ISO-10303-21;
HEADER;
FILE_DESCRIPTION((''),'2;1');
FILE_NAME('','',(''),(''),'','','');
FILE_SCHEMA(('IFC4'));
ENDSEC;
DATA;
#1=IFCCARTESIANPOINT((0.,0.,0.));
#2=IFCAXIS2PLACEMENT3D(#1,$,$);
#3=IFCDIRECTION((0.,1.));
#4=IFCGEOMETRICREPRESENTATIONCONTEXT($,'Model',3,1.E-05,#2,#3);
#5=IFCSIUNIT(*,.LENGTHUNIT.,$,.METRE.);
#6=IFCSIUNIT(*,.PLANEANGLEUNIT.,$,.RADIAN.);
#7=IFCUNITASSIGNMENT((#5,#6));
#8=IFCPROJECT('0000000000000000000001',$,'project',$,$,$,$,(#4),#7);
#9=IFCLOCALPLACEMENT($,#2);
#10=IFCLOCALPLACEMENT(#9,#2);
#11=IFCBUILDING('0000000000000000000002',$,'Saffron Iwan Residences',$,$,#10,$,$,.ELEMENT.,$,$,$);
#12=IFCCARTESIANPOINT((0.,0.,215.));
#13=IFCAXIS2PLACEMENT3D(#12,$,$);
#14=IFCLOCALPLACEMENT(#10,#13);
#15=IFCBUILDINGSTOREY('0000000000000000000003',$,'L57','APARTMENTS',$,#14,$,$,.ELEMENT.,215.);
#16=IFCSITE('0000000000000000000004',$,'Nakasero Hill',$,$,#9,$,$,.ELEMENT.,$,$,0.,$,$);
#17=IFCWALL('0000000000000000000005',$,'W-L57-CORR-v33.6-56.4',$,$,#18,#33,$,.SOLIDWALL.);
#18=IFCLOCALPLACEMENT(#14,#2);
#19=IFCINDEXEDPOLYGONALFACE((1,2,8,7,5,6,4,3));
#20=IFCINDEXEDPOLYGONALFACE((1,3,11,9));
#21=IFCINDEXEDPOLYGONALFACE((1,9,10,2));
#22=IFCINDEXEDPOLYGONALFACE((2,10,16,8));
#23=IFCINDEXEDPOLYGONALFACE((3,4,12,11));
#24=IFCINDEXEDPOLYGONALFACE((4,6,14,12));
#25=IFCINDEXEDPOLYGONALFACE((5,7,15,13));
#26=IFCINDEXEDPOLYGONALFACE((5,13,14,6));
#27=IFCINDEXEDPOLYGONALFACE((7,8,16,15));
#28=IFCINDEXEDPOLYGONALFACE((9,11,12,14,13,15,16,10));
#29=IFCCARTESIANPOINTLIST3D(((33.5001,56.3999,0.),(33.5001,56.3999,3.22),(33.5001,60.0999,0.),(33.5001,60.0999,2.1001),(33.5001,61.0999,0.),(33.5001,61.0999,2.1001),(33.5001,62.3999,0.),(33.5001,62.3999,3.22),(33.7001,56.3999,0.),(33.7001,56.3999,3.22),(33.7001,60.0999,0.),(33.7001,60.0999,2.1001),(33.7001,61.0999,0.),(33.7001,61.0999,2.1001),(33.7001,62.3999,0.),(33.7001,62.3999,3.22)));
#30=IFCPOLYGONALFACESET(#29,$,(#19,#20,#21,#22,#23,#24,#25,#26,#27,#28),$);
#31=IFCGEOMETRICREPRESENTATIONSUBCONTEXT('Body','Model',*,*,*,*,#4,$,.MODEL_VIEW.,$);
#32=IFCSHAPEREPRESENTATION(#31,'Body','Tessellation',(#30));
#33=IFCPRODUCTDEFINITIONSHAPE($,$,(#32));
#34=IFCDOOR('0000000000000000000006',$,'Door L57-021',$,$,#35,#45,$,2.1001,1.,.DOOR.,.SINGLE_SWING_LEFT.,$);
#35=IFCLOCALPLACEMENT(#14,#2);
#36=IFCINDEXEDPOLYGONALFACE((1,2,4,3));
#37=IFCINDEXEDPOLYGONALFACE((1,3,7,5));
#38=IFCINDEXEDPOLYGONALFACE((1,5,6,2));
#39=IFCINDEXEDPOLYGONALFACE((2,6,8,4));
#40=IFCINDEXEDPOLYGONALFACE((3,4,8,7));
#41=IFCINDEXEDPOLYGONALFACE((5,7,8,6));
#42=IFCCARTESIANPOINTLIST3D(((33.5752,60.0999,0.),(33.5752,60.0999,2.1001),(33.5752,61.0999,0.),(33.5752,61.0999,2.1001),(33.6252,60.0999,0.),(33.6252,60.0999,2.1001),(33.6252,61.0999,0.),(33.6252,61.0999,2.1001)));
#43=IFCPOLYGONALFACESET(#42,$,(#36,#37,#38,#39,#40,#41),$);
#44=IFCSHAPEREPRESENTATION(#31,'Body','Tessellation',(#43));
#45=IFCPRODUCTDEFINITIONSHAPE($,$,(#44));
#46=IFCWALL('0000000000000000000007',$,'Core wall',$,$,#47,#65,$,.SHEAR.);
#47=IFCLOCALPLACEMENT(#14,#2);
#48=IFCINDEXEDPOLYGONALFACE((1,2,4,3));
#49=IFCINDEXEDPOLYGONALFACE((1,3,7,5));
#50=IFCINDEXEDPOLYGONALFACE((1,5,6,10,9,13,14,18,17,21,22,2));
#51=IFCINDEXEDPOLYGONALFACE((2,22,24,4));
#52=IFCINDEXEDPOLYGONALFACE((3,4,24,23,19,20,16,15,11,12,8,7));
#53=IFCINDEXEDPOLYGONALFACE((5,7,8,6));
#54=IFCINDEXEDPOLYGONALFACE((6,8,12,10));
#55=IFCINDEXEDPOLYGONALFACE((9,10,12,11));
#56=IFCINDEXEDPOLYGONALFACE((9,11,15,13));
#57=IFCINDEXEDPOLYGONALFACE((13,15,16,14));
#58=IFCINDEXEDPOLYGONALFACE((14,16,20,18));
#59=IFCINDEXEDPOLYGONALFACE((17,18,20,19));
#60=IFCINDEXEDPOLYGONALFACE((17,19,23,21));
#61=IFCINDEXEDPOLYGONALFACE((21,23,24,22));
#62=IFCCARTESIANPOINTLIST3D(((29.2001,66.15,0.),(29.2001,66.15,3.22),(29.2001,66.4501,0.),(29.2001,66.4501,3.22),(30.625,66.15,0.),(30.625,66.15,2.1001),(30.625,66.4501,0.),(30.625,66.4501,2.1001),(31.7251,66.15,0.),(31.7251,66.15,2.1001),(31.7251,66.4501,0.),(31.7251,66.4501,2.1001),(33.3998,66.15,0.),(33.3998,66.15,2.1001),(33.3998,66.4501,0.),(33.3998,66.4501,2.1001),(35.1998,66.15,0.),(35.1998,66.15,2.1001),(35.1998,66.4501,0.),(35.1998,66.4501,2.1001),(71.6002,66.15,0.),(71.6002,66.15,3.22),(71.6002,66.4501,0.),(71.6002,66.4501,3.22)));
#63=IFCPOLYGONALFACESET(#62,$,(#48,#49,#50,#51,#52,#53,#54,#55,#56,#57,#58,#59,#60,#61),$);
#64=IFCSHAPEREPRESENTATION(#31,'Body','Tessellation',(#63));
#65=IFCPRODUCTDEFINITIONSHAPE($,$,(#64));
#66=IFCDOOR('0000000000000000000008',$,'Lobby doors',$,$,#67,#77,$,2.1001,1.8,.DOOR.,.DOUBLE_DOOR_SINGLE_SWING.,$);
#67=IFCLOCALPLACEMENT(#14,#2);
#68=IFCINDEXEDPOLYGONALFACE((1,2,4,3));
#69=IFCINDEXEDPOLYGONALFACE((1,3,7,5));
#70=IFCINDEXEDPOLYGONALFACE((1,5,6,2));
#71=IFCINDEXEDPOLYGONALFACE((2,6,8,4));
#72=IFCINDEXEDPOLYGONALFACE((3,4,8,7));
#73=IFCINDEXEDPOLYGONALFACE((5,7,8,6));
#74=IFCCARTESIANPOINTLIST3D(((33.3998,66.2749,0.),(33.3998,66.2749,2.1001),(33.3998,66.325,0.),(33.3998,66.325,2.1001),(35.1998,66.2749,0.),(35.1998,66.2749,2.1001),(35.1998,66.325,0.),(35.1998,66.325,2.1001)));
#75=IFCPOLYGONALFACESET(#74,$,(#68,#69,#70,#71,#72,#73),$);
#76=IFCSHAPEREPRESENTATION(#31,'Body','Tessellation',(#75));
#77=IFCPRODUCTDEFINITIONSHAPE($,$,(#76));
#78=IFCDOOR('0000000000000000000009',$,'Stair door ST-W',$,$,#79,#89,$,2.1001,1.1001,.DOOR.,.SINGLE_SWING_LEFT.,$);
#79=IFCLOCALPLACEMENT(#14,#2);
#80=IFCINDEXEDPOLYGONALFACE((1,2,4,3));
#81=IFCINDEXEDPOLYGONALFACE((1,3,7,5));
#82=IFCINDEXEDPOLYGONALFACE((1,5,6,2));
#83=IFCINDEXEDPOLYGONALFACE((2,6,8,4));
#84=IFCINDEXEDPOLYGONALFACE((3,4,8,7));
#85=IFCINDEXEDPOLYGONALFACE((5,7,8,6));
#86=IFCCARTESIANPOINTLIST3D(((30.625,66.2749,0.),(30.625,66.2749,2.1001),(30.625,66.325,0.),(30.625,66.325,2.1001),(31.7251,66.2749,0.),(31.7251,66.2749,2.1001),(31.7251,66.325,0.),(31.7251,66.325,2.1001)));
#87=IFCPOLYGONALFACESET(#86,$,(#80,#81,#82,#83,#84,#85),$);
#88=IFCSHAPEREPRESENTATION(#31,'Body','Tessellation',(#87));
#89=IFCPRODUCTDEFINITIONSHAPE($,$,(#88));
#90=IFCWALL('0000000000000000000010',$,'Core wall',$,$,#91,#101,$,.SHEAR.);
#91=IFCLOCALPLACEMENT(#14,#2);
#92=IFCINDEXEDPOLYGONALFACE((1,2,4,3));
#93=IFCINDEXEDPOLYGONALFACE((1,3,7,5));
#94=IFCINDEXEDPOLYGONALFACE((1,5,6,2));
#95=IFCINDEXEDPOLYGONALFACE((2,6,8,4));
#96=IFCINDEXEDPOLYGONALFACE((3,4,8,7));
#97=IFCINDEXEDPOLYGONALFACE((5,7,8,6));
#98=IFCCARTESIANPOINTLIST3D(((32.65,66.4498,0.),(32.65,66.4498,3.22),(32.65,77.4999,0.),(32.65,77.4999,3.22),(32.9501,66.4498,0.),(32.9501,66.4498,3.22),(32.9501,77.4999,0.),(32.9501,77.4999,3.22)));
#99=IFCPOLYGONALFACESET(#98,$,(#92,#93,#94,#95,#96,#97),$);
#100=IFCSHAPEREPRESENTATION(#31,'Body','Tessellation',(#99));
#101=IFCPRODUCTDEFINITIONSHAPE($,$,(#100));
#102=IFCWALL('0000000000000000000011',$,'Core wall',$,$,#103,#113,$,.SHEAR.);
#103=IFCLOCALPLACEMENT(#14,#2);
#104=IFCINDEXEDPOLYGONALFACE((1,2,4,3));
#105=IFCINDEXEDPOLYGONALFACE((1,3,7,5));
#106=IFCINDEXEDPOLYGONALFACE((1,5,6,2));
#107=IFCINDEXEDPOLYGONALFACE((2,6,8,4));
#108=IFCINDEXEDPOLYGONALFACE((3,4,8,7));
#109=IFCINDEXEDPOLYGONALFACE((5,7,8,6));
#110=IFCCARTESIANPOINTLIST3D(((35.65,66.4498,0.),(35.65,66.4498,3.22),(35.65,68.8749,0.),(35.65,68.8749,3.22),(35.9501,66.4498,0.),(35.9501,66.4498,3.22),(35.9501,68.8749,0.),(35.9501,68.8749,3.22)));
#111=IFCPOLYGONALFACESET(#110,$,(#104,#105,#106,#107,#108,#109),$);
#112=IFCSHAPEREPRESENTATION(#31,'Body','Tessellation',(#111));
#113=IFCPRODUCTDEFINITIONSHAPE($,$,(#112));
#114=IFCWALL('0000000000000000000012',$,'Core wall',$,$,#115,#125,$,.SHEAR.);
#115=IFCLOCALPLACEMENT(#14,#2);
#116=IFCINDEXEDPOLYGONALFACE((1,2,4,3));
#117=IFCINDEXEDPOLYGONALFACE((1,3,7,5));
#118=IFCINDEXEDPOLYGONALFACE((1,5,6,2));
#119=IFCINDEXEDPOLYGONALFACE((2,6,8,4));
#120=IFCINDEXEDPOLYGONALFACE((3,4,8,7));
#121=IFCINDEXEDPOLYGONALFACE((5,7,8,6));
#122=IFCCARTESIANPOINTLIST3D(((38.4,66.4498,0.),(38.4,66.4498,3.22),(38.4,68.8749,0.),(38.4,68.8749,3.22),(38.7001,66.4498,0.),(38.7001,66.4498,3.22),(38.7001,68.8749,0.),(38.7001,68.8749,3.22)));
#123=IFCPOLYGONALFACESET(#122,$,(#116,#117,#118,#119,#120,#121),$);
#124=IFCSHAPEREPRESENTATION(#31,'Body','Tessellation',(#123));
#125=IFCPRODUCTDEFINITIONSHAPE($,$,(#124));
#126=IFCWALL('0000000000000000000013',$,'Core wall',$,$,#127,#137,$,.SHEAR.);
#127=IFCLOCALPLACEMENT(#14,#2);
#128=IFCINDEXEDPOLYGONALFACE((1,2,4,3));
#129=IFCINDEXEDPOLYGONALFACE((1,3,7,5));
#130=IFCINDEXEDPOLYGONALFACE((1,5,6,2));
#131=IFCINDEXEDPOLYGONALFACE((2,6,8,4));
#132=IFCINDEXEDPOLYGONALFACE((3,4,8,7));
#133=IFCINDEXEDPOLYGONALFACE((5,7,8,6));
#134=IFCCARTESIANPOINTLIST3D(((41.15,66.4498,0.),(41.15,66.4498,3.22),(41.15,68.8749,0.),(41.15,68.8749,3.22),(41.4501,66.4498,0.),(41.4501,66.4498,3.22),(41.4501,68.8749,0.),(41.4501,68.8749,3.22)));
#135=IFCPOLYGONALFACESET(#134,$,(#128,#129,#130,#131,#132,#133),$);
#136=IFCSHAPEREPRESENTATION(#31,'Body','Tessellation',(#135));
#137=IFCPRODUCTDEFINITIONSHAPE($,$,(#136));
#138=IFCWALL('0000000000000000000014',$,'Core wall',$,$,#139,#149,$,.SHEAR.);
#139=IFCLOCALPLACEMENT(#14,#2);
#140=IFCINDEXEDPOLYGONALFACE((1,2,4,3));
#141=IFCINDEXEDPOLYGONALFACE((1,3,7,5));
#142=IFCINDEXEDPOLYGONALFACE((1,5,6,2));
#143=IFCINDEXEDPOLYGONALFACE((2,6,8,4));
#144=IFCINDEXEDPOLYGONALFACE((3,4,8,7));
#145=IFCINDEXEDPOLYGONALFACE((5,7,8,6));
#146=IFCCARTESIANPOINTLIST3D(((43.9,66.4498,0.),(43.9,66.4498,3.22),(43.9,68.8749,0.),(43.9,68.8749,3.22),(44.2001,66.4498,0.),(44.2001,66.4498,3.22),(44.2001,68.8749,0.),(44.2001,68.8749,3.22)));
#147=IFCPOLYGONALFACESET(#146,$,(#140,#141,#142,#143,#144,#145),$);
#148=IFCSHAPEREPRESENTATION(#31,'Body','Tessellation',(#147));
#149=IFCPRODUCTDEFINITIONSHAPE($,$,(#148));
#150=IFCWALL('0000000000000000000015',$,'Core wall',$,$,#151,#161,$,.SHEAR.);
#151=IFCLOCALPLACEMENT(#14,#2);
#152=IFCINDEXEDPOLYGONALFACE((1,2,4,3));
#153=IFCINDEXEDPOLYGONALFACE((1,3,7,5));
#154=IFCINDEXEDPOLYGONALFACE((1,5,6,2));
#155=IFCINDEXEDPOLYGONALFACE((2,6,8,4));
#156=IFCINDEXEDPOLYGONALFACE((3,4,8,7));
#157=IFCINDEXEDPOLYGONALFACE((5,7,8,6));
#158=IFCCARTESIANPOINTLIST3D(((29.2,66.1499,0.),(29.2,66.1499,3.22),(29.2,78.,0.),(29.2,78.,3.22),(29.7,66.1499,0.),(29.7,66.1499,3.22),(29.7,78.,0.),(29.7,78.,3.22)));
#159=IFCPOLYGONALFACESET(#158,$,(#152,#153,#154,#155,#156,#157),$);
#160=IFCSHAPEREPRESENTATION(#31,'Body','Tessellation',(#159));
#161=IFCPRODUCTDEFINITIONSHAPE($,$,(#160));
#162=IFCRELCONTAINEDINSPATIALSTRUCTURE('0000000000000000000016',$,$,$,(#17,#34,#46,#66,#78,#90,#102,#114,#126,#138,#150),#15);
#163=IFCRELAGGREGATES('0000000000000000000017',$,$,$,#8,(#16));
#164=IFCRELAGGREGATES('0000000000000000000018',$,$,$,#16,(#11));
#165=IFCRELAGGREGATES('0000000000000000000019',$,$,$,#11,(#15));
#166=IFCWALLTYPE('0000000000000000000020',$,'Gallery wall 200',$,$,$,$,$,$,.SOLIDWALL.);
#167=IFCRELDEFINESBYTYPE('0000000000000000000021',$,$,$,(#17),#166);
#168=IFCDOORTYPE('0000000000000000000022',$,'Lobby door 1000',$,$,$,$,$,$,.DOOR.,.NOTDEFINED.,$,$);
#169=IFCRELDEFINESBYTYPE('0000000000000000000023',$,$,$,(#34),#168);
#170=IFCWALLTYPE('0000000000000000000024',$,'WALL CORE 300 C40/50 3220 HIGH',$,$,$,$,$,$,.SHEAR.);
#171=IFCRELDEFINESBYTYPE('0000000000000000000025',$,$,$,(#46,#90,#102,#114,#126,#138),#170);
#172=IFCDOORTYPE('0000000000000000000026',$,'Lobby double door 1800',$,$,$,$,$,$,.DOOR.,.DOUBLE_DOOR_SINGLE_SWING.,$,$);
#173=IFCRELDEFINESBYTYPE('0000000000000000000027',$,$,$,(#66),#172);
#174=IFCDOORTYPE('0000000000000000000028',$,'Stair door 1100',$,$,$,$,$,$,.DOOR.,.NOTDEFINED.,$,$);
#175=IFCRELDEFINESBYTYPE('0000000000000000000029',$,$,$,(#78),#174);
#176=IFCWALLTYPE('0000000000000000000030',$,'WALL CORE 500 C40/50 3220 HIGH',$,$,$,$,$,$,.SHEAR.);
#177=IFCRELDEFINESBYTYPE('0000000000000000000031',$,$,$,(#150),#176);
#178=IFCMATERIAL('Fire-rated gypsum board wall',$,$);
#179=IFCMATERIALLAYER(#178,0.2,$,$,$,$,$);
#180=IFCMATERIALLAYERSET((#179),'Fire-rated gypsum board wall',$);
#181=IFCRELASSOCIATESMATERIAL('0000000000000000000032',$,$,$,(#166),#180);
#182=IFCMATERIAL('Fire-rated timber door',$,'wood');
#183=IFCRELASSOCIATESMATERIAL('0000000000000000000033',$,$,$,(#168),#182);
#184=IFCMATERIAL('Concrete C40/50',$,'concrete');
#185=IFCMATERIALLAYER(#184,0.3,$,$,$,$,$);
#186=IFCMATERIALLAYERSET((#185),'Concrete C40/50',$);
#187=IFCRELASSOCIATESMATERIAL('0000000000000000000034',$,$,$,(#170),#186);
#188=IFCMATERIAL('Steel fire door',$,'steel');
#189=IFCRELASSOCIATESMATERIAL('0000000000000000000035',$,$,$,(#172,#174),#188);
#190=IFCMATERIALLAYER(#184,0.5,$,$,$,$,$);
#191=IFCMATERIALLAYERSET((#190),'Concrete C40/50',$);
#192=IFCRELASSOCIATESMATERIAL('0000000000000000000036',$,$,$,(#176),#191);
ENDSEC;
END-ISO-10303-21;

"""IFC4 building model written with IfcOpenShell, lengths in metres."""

from ifc_helpers import new_model, si_unit, direction, frame, frame_2d, origin, place, context, subcontext, project, spatial, rectangle, extrude, material, layer, layer_set, type_object, element, fill, save


model = new_model("IFC4")

# Units and contexts
model_context = context("Model", 3, precision=1e-05, world=origin(), true_north=direction((0.0, 1.0)))
body_context = subcontext(model_context, "Body", "Model", "MODEL_VIEW")
ifc_project = project(units=[si_unit("LENGTHUNIT", "METRE"), si_unit("PLANEANGLEUNIT", "RADIAN")], contexts=[model_context])

# Site, building, storey
site_placement = place(None, origin())
site = spatial("IfcSite", under=ifc_project, at=site_placement, Name="Nakasero Hill", CompositionType="ELEMENT", RefElevation=0.0)
building_placement = place(site_placement, origin())
building = spatial("IfcBuilding", under=site, at=building_placement, Name="Saffron Iwan Residences", CompositionType="ELEMENT")
storey_placement = place(building_placement, frame((0.0, 0.0, 215.0)))
storey = spatial("IfcBuildingStorey", under=building, at=storey_placement, Name="L57", Description="APARTMENTS", CompositionType="ELEMENT", Elevation=215.0)

# Shared definitions
ifc_material_1 = material(Name="Concrete C40/50", Category="concrete")

# Shared definitions
ifc_material_2 = material(Name="Steel fire door", Category="steel")

# Shared definitions
ifc_material_3 = material(Name="Fire-rated gypsum board wall")
ifc_layer_1 = layer(ifc_material_3, 0.2)
ifc_layer_set_1 = layer_set([ifc_layer_1], Name="Fire-rated gypsum board wall")
wall_type_1 = type_object("IfcWallType", Name="Gallery wall 200", PredefinedType="SOLIDWALL", material=ifc_layer_set_1)

# Wall, opening, door
wall_1_placement = place(storey_placement, frame((33.6001, 56.3999, 0.0), z_axis=(0.0, 0.0, 1.0), x_axis=(0.0, 1.0, 0.0)))
wall_1 = element("IfcWall", 1, at=wall_1_placement, inside=storey, type_object=wall_type_1, Name="W-L57-CORR-v33.6-56.4", PredefinedType="SOLIDWALL", context=body_context, shape_type="SweptSolid", body=[
    extrude(rectangle(XDim=6.0, YDim=0.2, at=frame_2d((3.0, 0.0))), origin(), (0.0, 0.0, 1.0), 3.22),
])
opening_1_placement = place(wall_1_placement, frame((3.7, 0.0, 0.0)))
opening_1 = element("IfcOpeningElement", 2, at=opening_1_placement, cuts=wall_1, PredefinedType="OPENING", context=body_context, shape_type="SweptSolid", body=[
    extrude(rectangle(XDim=1.0, YDim=2.1001, at=frame_2d((0.5, 1.05))), frame((0.0, 0.1099, 0.0), z_axis=(0.0, -1.0, 0.0), x_axis=(1.0, 0.0, 0.0)), (0.0, 0.0, 1.0), 0.22),
])
ifc_material_4 = material(Name="Fire-rated timber door", Category="wood")
door_type_1 = type_object("IfcDoorType", Name="Lobby door 1000", OperationType="NOTDEFINED", PredefinedType="DOOR", material=ifc_material_4)
door_1_placement = place(opening_1_placement, origin())
door_1 = element("IfcDoor", 3, at=door_1_placement, inside=storey, type_object=door_type_1, Name="Door L57-021", OperationType="SINGLE_SWING_LEFT", OverallHeight=2.1001, OverallWidth=1.0, PredefinedType="DOOR", context=body_context, shape_type="SweptSolid", body=[
    extrude(rectangle(XDim=1.0, YDim=2.1001, at=frame_2d((0.5, 1.05))), frame((0.0, 0.0249, 0.0), z_axis=(0.0, -1.0, 0.0), x_axis=(1.0, 0.0, 0.0)), (0.0, 0.0, 1.0), 0.05),
])
fill(opening_1, door_1)

# Wall, openings, doors
ifc_layer_2 = layer(ifc_material_1, 0.3)
ifc_layer_set_2 = layer_set([ifc_layer_2], Name="Concrete C40/50")
wall_type_2 = type_object("IfcWallType", Name="WALL CORE 300 C40/50 3220 HIGH", PredefinedType="SHEAR", material=ifc_layer_set_2)
wall_2_placement = place(storey_placement, frame((29.2, 66.3, 0.0), z_axis=(0.0, 0.0, 1.0), x_axis=(1.0, 0.0, 0.0)))
wall_2 = element("IfcWall", 4, at=wall_2_placement, inside=storey, type_object=wall_type_2, Name="Core wall", PredefinedType="SHEAR", context=body_context, shape_type="SweptSolid", body=[
    extrude(rectangle(XDim=42.4001, YDim=0.3, at=frame_2d((21.2002, 0.0))), origin(), (0.0, 0.0, 1.0), 3.22),
])
opening_2_placement = place(wall_2_placement, frame((1.425, 0.0, 0.0)))
opening_2 = element("IfcOpeningElement", 5, at=opening_2_placement, cuts=wall_2, PredefinedType="OPENING", context=body_context, shape_type="SweptSolid", body=[
    extrude(rectangle(XDim=1.1001, YDim=2.1001, at=frame_2d((0.55, 1.05))), frame((0.0, 0.1602, 0.0), z_axis=(0.0, -1.0, 0.0), x_axis=(1.0, 0.0, 0.0)), (0.0, 0.0, 1.0), 0.3201),
])
opening_3_placement = place(wall_2_placement, frame((4.2, 0.0, 0.0)))
opening_3 = element("IfcOpeningElement", 6, at=opening_3_placement, cuts=wall_2, PredefinedType="OPENING", context=body_context, shape_type="SweptSolid", body=[
    extrude(rectangle(XDim=1.8, YDim=2.1001, at=frame_2d((0.8999, 1.05))), frame((0.0, 0.1602, 0.0), z_axis=(0.0, -1.0, 0.0), x_axis=(1.0, 0.0, 0.0)), (0.0, 0.0, 1.0), 0.3201),
])
door_type_2 = type_object("IfcDoorType", Name="Lobby double door 1800", OperationType="DOUBLE_DOOR_SINGLE_SWING", PredefinedType="DOOR", material=ifc_material_2)
door_2_placement = place(opening_3_placement, origin())
door_2 = element("IfcDoor", 7, at=door_2_placement, inside=storey, type_object=door_type_2, Name="Lobby doors", OperationType="DOUBLE_DOOR_SINGLE_SWING", OverallHeight=2.1001, OverallWidth=1.8, PredefinedType="DOOR", context=body_context, shape_type="SweptSolid", body=[
    extrude(rectangle(XDim=1.8, YDim=2.1001, at=frame_2d((0.8999, 1.05))), frame((0.0, 0.0249, 0.0), z_axis=(0.0, -1.0, 0.0), x_axis=(1.0, 0.0, 0.0)), (0.0, 0.0, 1.0), 0.05),
])
fill(opening_3, door_2)
door_type_3 = type_object("IfcDoorType", Name="Stair door 1100", OperationType="NOTDEFINED", PredefinedType="DOOR", material=ifc_material_2)
door_3_placement = place(opening_2_placement, origin())
door_3 = element("IfcDoor", 8, at=door_3_placement, inside=storey, type_object=door_type_3, Name="Stair door ST-W", OperationType="SINGLE_SWING_LEFT", OverallHeight=2.1001, OverallWidth=1.1001, PredefinedType="DOOR", context=body_context, shape_type="SweptSolid", body=[
    extrude(rectangle(XDim=1.1001, YDim=2.1001, at=frame_2d((0.55, 1.05))), frame((0.0, 0.0249, 0.0), z_axis=(0.0, -1.0, 0.0), x_axis=(1.0, 0.0, 0.0)), (0.0, 0.0, 1.0), 0.05),
])
fill(opening_2, door_3)

# Walls
wall_3_placement = place(storey_placement, frame((32.8, 66.45, 0.0), z_axis=(0.0, 0.0, 1.0), x_axis=(0.0, 1.0, 0.0)))
element("IfcWall", 9, at=wall_3_placement, inside=storey, type_object=wall_type_2, Name="Core wall", PredefinedType="SHEAR", context=body_context, shape_type="SweptSolid", body=[
    extrude(rectangle(XDim=11.05, YDim=0.3, at=frame_2d((5.5249, 0.0))), origin(), (0.0, 0.0, 1.0), 3.22),
])
for number, where, z_axis, x_axis, name in (
    (10, (35.8, 66.45, 0.0), (0.0, 0.0, 1.0), (0.0, 1.0, 0.0), "Core wall"),
    (11, (38.55, 66.45, 0.0), (0.0, 0.0, 1.0), (0.0, 1.0, 0.0), "Core wall"),
    (12, (41.3, 66.45, 0.0), (0.0, 0.0, 1.0), (0.0, 1.0, 0.0), "Core wall"),
    (13, (44.05, 66.45, 0.0), (0.0, 0.0, 1.0), (0.0, 1.0, 0.0), "Core wall"),
):
    element("IfcWall", number, at=place(storey_placement, frame(where, z_axis=z_axis, x_axis=x_axis)), inside=storey, type_object=wall_type_2, Name=name, PredefinedType="SHEAR", context=body_context, shape_type="SweptSolid", body=[
        extrude(rectangle(XDim=2.425, YDim=0.3, at=frame_2d((1.2124, 0.0))), origin(), (0.0, 0.0, 1.0), 3.22),
    ])
ifc_layer_3 = layer(ifc_material_1, 0.5)
ifc_layer_set_3 = layer_set([ifc_layer_3], Name="Concrete C40/50")
wall_type_3 = type_object("IfcWallType", Name="WALL CORE 500 C40/50 3220 HIGH", PredefinedType="SHEAR", material=ifc_layer_set_3)
wall_4_placement = place(storey_placement, frame((29.45, 66.1499, 0.0), z_axis=(0.0, 0.0, 1.0), x_axis=(0.0, 1.0, 0.0)))
element("IfcWall", 14, at=wall_4_placement, inside=storey, type_object=wall_type_3, Name="Core wall", PredefinedType="SHEAR", context=body_context, shape_type="SweptSolid", body=[
    extrude(rectangle(XDim=11.8501, YDim=0.5, at=frame_2d((5.925, 0.0))), origin(), (0.0, 0.0, 1.0), 3.22),
])

save(model, "model.ifc")
